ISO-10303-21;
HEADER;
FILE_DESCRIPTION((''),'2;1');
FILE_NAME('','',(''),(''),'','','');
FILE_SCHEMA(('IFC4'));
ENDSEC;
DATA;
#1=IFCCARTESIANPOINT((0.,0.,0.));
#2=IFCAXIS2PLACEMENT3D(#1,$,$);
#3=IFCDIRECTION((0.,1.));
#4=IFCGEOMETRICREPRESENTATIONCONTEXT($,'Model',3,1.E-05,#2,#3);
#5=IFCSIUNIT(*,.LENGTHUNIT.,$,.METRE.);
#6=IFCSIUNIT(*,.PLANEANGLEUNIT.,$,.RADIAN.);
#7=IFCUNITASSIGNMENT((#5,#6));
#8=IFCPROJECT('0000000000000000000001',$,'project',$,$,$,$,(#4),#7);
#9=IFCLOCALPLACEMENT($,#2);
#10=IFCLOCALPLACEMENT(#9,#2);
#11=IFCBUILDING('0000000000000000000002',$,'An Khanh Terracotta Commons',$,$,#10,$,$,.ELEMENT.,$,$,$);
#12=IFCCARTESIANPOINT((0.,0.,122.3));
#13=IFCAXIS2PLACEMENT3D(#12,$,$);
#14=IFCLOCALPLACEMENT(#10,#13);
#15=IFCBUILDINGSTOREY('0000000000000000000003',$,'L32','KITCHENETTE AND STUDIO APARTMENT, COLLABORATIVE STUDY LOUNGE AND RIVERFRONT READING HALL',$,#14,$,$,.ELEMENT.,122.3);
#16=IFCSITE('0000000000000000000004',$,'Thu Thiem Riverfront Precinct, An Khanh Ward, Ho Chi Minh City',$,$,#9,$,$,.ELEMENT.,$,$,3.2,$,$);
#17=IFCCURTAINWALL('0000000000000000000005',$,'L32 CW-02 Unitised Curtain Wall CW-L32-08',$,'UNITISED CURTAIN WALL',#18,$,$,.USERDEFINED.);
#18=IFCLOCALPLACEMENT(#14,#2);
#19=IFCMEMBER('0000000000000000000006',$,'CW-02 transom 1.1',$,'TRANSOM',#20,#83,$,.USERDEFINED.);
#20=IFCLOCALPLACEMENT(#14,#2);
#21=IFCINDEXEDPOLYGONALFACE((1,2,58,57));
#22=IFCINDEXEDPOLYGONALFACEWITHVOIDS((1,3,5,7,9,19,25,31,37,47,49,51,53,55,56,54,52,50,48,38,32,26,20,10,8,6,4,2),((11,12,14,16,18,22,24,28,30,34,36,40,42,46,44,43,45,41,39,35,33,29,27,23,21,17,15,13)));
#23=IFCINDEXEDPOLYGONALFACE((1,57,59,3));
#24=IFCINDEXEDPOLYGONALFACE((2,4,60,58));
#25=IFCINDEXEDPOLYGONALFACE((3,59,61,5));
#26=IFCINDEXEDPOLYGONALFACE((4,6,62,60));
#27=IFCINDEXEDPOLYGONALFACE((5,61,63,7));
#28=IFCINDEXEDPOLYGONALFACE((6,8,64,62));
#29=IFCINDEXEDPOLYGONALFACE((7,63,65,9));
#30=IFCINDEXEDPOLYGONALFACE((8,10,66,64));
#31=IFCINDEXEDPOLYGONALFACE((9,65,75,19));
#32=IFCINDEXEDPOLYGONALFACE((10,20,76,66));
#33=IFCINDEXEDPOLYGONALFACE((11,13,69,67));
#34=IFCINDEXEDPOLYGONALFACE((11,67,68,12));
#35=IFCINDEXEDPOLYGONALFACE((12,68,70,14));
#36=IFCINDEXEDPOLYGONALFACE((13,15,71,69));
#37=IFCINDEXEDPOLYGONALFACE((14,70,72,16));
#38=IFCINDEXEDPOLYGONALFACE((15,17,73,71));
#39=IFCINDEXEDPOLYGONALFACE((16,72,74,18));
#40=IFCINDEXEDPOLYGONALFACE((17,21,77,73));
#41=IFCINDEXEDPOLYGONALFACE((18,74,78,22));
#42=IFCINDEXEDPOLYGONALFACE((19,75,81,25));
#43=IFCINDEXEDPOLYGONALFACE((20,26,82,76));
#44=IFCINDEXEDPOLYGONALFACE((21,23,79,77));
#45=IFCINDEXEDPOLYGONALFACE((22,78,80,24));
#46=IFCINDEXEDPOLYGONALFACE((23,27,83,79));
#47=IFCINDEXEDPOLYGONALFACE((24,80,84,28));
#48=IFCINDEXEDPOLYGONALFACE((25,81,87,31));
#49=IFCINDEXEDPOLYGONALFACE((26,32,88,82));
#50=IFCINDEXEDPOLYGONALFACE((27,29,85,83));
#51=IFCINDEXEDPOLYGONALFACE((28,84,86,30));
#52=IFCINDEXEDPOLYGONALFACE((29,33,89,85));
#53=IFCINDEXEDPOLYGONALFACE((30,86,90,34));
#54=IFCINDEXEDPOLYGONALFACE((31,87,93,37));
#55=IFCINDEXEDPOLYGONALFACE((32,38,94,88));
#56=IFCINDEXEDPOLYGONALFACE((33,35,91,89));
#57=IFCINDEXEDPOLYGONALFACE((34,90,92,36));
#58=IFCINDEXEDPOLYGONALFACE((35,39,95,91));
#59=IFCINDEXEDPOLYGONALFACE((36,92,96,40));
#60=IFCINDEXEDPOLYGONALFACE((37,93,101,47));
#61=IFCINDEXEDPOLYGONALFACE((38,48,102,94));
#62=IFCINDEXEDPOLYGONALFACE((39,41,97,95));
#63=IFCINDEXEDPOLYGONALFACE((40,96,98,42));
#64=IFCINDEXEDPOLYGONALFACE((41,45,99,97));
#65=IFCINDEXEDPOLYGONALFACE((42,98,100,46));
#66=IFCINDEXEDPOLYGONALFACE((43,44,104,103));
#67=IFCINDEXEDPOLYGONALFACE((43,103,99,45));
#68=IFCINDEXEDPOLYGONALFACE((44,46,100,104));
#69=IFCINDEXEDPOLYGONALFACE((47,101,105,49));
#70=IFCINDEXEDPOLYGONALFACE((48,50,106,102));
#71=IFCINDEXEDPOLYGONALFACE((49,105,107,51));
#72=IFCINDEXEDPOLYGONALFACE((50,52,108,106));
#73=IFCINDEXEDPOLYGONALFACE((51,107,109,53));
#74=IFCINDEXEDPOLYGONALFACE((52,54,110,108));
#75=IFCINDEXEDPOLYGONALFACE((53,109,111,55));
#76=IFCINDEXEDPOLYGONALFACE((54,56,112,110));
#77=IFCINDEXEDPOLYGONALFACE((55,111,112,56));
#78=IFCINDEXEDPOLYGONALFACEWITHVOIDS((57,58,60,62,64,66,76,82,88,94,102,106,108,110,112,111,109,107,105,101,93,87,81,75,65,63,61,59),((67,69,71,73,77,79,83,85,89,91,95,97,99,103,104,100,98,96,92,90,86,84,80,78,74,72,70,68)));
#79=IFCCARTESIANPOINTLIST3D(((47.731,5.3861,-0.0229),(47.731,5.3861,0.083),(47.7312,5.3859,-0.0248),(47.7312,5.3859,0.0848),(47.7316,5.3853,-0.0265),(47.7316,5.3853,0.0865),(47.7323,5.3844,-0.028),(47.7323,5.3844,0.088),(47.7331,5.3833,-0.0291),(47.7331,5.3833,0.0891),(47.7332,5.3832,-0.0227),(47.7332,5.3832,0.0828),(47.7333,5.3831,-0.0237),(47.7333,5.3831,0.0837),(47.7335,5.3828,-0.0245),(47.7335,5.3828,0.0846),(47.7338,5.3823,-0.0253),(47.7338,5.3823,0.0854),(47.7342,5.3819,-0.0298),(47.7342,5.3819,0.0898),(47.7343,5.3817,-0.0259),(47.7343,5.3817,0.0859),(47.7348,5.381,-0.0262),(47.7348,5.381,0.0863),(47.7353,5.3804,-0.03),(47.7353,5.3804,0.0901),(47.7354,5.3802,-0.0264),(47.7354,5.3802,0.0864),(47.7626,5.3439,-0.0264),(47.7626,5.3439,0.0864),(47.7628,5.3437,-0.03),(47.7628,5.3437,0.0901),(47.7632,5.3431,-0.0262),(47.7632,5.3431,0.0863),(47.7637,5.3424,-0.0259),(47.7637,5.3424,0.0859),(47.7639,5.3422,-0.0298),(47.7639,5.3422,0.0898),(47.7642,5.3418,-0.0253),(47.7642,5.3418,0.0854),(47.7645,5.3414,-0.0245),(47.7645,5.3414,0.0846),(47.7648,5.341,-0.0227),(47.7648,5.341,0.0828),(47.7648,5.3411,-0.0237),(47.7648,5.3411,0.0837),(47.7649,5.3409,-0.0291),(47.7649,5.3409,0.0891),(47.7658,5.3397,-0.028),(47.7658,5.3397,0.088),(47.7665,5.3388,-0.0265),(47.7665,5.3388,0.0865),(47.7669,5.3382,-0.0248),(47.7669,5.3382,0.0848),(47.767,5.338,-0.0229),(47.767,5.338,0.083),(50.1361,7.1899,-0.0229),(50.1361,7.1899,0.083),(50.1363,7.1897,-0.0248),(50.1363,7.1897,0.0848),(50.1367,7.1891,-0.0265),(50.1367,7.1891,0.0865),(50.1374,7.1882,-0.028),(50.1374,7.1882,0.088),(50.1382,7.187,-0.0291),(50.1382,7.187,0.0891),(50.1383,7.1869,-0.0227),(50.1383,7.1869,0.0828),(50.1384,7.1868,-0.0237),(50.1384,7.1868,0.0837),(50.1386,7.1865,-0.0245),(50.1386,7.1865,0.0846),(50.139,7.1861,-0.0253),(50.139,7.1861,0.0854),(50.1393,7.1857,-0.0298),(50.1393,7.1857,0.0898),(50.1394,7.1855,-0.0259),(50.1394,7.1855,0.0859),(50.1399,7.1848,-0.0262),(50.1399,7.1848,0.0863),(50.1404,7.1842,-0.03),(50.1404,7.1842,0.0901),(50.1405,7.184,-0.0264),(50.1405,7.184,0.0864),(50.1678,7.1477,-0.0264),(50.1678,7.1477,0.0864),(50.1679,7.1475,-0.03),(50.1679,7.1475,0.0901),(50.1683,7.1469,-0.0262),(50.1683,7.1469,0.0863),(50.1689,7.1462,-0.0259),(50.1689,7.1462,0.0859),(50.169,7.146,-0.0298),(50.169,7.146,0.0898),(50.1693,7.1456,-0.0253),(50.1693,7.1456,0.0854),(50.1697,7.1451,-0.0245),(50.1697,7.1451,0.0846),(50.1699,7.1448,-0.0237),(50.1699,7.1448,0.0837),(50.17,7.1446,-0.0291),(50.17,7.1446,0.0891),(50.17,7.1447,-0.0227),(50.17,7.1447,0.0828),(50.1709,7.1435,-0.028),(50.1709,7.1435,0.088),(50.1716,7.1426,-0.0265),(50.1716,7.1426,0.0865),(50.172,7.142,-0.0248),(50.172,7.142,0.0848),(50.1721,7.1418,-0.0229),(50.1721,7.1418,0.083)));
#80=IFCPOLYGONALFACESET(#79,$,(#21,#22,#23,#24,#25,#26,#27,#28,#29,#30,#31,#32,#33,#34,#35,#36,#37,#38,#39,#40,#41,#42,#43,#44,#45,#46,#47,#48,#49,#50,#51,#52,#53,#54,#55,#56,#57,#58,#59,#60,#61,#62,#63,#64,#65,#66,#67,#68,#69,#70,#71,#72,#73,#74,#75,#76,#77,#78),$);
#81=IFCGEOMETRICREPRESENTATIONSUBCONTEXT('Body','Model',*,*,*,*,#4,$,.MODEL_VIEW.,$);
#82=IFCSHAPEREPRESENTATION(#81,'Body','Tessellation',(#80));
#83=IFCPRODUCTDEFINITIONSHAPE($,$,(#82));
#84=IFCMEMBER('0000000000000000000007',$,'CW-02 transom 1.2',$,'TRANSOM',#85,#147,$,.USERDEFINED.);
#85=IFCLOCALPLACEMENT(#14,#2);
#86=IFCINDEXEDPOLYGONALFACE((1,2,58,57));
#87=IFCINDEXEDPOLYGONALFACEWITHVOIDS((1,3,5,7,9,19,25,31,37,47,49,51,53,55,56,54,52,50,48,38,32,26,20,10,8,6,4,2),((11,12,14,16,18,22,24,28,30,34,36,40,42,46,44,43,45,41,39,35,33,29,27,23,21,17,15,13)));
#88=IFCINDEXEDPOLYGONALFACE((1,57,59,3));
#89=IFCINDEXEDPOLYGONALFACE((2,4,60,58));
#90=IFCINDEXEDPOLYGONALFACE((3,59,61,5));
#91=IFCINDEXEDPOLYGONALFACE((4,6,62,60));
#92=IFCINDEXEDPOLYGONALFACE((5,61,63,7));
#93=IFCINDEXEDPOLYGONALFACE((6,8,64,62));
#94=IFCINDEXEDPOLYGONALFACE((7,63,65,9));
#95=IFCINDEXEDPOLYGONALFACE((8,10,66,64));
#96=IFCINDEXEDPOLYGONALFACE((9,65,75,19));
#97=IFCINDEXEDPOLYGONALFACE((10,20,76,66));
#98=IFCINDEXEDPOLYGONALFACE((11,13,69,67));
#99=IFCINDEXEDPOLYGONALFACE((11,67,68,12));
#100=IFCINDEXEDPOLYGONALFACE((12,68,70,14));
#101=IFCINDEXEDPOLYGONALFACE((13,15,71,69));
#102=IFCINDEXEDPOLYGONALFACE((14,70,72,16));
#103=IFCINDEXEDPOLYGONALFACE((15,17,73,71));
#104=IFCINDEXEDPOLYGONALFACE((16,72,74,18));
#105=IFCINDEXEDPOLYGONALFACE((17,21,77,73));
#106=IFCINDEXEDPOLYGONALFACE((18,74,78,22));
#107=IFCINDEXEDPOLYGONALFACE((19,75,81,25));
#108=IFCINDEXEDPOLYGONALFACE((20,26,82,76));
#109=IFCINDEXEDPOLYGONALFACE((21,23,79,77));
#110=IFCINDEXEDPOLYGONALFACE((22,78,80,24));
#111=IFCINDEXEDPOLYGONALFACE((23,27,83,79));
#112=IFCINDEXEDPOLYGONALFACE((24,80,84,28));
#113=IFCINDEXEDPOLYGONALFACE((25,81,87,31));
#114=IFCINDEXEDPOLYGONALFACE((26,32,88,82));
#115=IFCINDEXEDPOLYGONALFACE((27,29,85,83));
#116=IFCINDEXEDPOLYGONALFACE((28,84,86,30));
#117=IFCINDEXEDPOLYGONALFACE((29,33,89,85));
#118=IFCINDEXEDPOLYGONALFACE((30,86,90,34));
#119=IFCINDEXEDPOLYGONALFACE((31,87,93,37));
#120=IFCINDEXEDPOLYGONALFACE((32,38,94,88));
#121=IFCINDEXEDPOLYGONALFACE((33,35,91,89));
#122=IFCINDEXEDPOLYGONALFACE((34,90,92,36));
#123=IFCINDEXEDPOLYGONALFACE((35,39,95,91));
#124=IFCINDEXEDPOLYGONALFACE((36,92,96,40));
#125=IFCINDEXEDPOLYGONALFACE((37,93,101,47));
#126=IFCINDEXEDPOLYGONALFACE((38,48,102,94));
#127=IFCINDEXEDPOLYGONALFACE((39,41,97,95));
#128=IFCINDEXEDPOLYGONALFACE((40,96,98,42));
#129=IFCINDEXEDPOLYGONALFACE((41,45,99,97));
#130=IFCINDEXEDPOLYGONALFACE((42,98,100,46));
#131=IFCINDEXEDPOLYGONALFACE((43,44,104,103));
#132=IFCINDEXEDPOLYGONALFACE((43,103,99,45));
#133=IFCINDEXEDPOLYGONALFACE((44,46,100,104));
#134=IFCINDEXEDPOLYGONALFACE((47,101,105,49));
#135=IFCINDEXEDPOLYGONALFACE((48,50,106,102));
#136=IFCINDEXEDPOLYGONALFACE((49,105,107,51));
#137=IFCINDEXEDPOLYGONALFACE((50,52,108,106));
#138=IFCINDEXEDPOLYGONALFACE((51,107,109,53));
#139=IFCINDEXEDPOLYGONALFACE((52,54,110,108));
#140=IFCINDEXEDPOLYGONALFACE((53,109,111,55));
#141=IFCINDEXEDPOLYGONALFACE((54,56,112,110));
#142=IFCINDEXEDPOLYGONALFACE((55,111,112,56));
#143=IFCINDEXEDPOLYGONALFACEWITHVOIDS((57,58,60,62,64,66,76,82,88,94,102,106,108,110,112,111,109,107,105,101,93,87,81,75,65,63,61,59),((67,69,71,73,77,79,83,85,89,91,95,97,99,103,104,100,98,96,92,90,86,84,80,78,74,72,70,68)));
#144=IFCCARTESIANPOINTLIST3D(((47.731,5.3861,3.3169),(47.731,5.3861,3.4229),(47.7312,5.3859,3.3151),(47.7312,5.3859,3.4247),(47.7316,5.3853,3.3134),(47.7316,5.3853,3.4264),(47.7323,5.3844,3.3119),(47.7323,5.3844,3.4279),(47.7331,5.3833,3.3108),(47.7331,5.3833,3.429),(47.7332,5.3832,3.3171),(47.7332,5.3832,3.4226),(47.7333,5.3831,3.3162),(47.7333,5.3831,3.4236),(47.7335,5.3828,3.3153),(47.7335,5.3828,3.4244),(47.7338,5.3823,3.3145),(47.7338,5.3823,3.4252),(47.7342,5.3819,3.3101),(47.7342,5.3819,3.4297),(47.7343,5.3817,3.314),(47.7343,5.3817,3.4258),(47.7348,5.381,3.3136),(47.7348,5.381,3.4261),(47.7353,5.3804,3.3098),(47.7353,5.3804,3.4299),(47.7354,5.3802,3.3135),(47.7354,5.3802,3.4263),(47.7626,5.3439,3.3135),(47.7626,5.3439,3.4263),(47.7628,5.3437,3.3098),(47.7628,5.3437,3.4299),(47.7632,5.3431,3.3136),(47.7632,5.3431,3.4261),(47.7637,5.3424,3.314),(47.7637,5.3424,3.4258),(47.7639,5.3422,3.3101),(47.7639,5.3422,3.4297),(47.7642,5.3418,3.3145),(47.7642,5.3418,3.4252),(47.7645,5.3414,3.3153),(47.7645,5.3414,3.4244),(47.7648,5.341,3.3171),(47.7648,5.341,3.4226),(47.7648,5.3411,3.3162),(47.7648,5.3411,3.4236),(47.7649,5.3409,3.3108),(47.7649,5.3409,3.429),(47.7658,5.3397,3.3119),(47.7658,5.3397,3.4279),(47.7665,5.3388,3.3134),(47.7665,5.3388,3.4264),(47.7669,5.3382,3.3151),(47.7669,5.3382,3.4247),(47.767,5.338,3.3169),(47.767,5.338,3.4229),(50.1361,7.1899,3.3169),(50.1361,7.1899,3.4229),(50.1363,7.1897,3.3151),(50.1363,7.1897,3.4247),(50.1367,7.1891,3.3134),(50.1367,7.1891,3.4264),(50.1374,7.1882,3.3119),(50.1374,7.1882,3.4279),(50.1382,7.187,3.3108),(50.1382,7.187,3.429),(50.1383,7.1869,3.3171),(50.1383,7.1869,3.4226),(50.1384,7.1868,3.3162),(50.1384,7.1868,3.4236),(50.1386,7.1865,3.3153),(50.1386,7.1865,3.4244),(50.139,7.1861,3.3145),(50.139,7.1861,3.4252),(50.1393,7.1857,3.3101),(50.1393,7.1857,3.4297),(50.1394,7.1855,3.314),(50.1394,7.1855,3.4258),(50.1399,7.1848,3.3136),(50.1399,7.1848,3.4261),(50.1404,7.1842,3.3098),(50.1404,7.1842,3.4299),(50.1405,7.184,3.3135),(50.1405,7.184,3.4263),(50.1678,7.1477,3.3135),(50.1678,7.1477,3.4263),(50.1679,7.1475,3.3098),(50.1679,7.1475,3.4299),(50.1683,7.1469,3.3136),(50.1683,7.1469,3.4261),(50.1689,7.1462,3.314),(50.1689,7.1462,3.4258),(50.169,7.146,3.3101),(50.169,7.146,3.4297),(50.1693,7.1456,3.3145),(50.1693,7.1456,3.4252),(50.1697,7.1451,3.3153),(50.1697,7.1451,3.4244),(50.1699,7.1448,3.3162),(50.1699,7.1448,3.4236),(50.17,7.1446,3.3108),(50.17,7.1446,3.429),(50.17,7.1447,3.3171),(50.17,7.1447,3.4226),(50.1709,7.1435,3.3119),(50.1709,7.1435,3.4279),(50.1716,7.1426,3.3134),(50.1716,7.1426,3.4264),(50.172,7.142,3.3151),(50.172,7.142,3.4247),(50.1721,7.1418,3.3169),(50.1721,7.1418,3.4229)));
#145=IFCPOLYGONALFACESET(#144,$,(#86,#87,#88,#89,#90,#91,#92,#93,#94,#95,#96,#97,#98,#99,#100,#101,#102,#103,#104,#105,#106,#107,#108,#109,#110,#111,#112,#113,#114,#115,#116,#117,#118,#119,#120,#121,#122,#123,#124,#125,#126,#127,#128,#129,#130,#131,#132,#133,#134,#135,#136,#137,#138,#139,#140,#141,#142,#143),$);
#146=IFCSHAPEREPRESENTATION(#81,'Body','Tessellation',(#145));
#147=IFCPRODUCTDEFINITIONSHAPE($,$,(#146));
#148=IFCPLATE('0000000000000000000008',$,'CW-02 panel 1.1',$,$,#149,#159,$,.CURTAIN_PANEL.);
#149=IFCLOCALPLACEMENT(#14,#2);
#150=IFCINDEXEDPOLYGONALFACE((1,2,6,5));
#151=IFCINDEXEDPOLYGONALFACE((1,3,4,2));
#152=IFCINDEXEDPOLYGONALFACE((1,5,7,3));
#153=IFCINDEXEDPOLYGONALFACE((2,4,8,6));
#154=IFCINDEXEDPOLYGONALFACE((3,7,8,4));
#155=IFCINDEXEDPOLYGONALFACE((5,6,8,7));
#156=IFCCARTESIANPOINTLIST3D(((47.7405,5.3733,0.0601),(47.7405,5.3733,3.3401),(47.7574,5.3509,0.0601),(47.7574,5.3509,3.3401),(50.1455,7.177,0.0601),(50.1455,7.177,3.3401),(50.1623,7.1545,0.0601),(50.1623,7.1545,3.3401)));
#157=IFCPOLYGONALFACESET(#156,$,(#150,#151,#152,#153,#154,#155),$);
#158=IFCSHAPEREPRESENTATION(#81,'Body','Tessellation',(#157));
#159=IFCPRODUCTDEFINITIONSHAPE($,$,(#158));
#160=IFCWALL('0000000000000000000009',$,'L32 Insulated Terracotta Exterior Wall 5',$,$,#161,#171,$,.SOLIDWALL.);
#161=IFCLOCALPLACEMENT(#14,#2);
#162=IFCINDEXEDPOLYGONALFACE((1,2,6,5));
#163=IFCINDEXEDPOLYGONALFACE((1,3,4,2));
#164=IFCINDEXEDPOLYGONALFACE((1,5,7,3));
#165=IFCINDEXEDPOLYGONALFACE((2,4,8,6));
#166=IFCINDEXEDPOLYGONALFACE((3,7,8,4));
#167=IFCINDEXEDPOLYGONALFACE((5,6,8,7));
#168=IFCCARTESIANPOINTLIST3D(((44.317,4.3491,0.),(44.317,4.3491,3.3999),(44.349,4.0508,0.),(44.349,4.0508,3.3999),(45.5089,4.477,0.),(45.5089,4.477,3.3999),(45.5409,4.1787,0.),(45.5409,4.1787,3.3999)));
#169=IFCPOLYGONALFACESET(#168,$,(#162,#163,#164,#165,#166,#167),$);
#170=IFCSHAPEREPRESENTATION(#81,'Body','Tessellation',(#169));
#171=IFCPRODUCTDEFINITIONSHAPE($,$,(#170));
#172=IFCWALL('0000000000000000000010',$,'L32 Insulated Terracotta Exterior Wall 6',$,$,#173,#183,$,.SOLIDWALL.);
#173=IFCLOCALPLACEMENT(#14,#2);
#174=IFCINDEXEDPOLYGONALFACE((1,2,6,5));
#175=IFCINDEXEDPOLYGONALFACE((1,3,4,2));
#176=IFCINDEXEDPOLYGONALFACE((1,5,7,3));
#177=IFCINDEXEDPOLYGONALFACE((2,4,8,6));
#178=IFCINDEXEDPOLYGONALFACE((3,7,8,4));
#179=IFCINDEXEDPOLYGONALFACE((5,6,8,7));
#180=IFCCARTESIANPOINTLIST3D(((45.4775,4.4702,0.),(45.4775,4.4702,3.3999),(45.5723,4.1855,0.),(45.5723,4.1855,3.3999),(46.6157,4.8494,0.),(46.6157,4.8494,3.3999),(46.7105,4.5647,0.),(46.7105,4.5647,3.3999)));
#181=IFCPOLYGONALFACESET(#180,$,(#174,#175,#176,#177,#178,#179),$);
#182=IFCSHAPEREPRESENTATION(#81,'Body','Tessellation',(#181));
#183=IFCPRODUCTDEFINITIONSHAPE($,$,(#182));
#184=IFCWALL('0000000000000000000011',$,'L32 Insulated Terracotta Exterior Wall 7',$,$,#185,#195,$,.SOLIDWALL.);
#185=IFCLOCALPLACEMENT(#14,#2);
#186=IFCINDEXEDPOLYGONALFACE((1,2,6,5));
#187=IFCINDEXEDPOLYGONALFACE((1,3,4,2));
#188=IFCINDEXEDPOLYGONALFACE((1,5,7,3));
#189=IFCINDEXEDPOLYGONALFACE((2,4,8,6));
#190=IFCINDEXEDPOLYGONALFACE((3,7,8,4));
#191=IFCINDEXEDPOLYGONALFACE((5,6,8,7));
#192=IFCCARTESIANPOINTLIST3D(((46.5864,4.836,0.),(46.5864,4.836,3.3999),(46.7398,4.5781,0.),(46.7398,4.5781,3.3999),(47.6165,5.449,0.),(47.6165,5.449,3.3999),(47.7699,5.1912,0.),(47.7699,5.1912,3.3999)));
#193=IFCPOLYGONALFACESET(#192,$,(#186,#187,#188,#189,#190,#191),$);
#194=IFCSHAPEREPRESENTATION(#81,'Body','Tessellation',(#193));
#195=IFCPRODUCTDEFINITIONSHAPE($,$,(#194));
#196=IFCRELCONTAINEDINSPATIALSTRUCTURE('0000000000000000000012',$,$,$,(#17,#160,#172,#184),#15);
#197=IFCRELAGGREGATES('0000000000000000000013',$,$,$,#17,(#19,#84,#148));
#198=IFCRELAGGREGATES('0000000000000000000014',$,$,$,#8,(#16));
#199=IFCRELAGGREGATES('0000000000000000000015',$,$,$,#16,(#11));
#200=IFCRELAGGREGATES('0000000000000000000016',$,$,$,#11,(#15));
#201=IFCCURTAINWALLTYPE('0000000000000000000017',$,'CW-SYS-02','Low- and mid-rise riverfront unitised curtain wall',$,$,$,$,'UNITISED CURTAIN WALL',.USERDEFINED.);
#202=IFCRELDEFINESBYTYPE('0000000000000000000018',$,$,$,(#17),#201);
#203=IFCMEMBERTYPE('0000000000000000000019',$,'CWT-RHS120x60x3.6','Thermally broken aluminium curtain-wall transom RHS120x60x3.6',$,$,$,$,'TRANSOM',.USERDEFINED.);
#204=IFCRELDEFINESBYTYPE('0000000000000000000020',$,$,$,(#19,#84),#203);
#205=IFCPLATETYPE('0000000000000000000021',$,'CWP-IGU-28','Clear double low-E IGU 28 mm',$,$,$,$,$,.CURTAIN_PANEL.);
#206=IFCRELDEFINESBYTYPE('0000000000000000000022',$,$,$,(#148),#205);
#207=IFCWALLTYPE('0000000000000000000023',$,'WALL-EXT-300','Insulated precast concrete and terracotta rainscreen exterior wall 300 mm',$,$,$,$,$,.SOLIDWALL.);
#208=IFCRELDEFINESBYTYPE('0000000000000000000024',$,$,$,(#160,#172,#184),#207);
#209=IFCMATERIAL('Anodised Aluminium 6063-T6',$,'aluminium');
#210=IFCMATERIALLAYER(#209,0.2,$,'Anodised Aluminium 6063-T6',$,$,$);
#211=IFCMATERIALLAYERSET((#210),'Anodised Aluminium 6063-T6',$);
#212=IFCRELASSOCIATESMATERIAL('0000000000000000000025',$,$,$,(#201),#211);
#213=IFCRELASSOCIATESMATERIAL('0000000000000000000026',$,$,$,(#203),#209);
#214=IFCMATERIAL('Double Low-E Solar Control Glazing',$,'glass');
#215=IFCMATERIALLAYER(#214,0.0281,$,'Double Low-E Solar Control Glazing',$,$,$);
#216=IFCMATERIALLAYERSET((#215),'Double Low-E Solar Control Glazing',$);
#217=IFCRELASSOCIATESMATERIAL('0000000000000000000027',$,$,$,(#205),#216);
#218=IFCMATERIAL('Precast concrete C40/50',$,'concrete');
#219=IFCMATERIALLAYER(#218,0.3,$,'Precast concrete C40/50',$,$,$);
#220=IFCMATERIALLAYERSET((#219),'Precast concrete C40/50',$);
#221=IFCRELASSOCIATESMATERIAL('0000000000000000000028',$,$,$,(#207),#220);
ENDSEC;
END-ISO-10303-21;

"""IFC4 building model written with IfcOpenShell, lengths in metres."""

from ifc_helpers import new_model, si_unit, direction, frame, frame_2d, origin, origin_2d, place, context, subcontext, project, spatial, rectangle, hollow_rectangle, extrude, material, layer, layer_set, material_profile, profile_set, type_object, element, aggregate, save


model = new_model("IFC4")

# Units and contexts
model_context = context("Model", 3, precision=1e-05, world=origin(), true_north=direction((0.0, 1.0)))
body_context = subcontext(model_context, "Body", "Model", "MODEL_VIEW")
ifc_project = project(units=[si_unit("LENGTHUNIT", "METRE"), si_unit("PLANEANGLEUNIT", "RADIAN")], contexts=[model_context])

# Site, building, storey
site_placement = place(None, origin())
site = spatial("IfcSite", under=ifc_project, at=site_placement, Name="Thu Thiem Riverfront Precinct, An Khanh Ward, Ho Chi Minh City", CompositionType="ELEMENT", RefElevation=3.2)
building_placement = place(site_placement, origin())
building = spatial("IfcBuilding", under=site, at=building_placement, Name="An Khanh Terracotta Commons", CompositionType="ELEMENT")
storey_placement = place(building_placement, frame((0.0, 0.0, 122.3)))
storey = spatial("IfcBuildingStorey", under=building, at=storey_placement, Name="L32", Description="KITCHENETTE AND STUDIO APARTMENT, COLLABORATIVE STUDY LOUNGE AND RIVERFRONT READING HALL", CompositionType="ELEMENT", Elevation=122.3)

# Curtain wall, members, plate
ifc_material_1 = material(Name="Anodised Aluminium 6063-T6", Category="aluminium")
ifc_layer_1 = layer(ifc_material_1, 0.2, Name="Anodised Aluminium 6063-T6")
ifc_layer_set_1 = layer_set([ifc_layer_1], Name="Anodised Aluminium 6063-T6")
curtain_wall_type = type_object("IfcCurtainWallType", Name="CW-SYS-02", Description="Low- and mid-rise riverfront unitised curtain wall", ElementType="UNITISED CURTAIN WALL", PredefinedType="USERDEFINED", material=ifc_layer_set_1)
curtain_wall_placement = place(storey_placement, origin())
curtain_wall = element("IfcCurtainWall", 1, at=curtain_wall_placement, inside=storey, type_object=curtain_wall_type, Name="L32 CW-02 Unitised Curtain Wall CW-L32-08", ObjectType="UNITISED CURTAIN WALL", PredefinedType="USERDEFINED")
ifc_material_profile_1 = material_profile(ifc_material_1, hollow_rectangle(XDim=0.0601, YDim=0.1201, WallThickness=0.0037, InnerFilletRadius=0.0037, OuterFilletRadius=0.0071, at=origin_2d()), Name="RHS120x60x3.6")
ifc_profile_set_1 = profile_set([ifc_material_profile_1], Name="Anodised Aluminium 6063-T6")
member_type_1 = type_object("IfcMemberType", Name="CWT-RHS120x60x3.6", Description="Thermally broken aluminium curtain-wall transom RHS120x60x3.6", ElementType="TRANSOM", PredefinedType="USERDEFINED", material=ifc_profile_set_1)
member_1_placement = place(storey_placement, frame((47.749, 5.3621, 0.03), z_axis=(0.80001, 0.599987, 0.0), x_axis=(-0.599987, 0.80001, 0.0)))
member_1 = element("IfcMember", 2, at=member_1_placement, type_object=member_type_1, Name="CW-02 transom 1.1", ObjectType="TRANSOM", PredefinedType="USERDEFINED", context=body_context, shape_type="SweptSolid", body=[
    extrude(hollow_rectangle(XDim=0.0601, YDim=0.1201, WallThickness=0.0037, InnerFilletRadius=0.0037, OuterFilletRadius=0.0071, at=origin_2d()), origin(), (0.0, 0.0, 1.0), 3.0063),
])
member_2_placement = place(storey_placement, frame((47.749, 5.3621, 3.3699), z_axis=(0.80001, 0.599987, 0.0), x_axis=(-0.599987, 0.80001, 0.0)))
member_2 = element("IfcMember", 3, at=member_2_placement, type_object=member_type_1, Name="CW-02 transom 1.2", ObjectType="TRANSOM", PredefinedType="USERDEFINED", context=body_context, shape_type="SweptSolid", body=[
    extrude(hollow_rectangle(XDim=0.0601, YDim=0.1201, WallThickness=0.0037, InnerFilletRadius=0.0037, OuterFilletRadius=0.0071, at=origin_2d()), origin(), (0.0, 0.0, 1.0), 3.0063),
])
ifc_material_2 = material(Name="Double Low-E Solar Control Glazing", Category="glass")
ifc_layer_2 = layer(ifc_material_2, 0.0281, Name="Double Low-E Solar Control Glazing")
ifc_layer_set_2 = layer_set([ifc_layer_2], Name="Double Low-E Solar Control Glazing")
plate_type = type_object("IfcPlateType", Name="CWP-IGU-28", Description="Clear double low-E IGU 28 mm", PredefinedType="CURTAIN_PANEL", material=ifc_layer_set_2)
plate_placement = place(storey_placement, frame((48.9514, 6.2639, 0.0601), z_axis=(0.0, 0.0, 1.0), x_axis=(0.800013, 0.599983, 0.0)))
plate = element("IfcPlate", 4, at=plate_placement, type_object=plate_type, Name="CW-02 panel 1.1", PredefinedType="CURTAIN_PANEL", context=body_context, shape_type="SweptSolid", body=[
    extrude(rectangle(XDim=3.0061, YDim=0.0281, at=origin_2d()), origin(), (0.0, 0.0, 1.0), 3.28),
])
aggregate(curtain_wall, [member_1, member_2, plate])

# Walls
ifc_material_3 = material(Name="Precast concrete C40/50", Category="concrete")
ifc_layer_3 = layer(ifc_material_3, 0.3, Name="Precast concrete C40/50")
ifc_layer_set_3 = layer_set([ifc_layer_3], Name="Precast concrete C40/50")
wall_type_1 = type_object("IfcWallType", Name="WALL-EXT-300", Description="Insulated precast concrete and terracotta rainscreen exterior wall 300 mm", PredefinedType="SOLIDWALL", material=ifc_layer_set_3)
wall_1_placement = place(storey_placement, frame((44.333, 4.2, 0.0), z_axis=(0.0, 0.0, 1.0), x_axis=(0.994289, 0.10672, 0.0)))
element("IfcWall", 5, at=wall_1_placement, inside=storey, type_object=wall_type_1, Name="L32 Insulated Terracotta Exterior Wall 5", PredefinedType="SOLIDWALL", context=body_context, shape_type="SweptSolid", body=[
    extrude(rectangle(XDim=1.1987, YDim=0.3, at=frame_2d((0.5994, 0.0))), origin(), (0.0, 0.0, 1.0), 3.3999),
])
wall_2_placement = place(storey_placement, frame((45.5249, 4.3279, 0.0), z_axis=(0.0, 0.0, 1.0), x_axis=(0.948744, 0.316045, 0.0)))
element("IfcWall", 6, at=wall_2_placement, inside=storey, type_object=wall_type_1, Name="L32 Insulated Terracotta Exterior Wall 6", PredefinedType="SOLIDWALL", context=body_context, shape_type="SweptSolid", body=[
    extrude(rectangle(XDim=1.1997, YDim=0.3, at=frame_2d((0.5999, 0.0))), origin(), (0.0, 0.0, 1.0), 3.3999),
])
wall_3_placement = place(storey_placement, frame((46.6631, 4.707, 0.0), z_axis=(0.0, 0.0, 1.0), x_axis=(0.859321, 0.511437, 0.0)))
element("IfcWall", 7, at=wall_3_placement, inside=storey, type_object=wall_type_1, Name="L32 Insulated Terracotta Exterior Wall 7", PredefinedType="SOLIDWALL", context=body_context, shape_type="SweptSolid", body=[
    extrude(rectangle(XDim=1.1987, YDim=0.3, at=frame_2d((0.5994, 0.0))), origin(), (0.0, 0.0, 1.0), 3.3999),
])

save(model, "model.ifc")
